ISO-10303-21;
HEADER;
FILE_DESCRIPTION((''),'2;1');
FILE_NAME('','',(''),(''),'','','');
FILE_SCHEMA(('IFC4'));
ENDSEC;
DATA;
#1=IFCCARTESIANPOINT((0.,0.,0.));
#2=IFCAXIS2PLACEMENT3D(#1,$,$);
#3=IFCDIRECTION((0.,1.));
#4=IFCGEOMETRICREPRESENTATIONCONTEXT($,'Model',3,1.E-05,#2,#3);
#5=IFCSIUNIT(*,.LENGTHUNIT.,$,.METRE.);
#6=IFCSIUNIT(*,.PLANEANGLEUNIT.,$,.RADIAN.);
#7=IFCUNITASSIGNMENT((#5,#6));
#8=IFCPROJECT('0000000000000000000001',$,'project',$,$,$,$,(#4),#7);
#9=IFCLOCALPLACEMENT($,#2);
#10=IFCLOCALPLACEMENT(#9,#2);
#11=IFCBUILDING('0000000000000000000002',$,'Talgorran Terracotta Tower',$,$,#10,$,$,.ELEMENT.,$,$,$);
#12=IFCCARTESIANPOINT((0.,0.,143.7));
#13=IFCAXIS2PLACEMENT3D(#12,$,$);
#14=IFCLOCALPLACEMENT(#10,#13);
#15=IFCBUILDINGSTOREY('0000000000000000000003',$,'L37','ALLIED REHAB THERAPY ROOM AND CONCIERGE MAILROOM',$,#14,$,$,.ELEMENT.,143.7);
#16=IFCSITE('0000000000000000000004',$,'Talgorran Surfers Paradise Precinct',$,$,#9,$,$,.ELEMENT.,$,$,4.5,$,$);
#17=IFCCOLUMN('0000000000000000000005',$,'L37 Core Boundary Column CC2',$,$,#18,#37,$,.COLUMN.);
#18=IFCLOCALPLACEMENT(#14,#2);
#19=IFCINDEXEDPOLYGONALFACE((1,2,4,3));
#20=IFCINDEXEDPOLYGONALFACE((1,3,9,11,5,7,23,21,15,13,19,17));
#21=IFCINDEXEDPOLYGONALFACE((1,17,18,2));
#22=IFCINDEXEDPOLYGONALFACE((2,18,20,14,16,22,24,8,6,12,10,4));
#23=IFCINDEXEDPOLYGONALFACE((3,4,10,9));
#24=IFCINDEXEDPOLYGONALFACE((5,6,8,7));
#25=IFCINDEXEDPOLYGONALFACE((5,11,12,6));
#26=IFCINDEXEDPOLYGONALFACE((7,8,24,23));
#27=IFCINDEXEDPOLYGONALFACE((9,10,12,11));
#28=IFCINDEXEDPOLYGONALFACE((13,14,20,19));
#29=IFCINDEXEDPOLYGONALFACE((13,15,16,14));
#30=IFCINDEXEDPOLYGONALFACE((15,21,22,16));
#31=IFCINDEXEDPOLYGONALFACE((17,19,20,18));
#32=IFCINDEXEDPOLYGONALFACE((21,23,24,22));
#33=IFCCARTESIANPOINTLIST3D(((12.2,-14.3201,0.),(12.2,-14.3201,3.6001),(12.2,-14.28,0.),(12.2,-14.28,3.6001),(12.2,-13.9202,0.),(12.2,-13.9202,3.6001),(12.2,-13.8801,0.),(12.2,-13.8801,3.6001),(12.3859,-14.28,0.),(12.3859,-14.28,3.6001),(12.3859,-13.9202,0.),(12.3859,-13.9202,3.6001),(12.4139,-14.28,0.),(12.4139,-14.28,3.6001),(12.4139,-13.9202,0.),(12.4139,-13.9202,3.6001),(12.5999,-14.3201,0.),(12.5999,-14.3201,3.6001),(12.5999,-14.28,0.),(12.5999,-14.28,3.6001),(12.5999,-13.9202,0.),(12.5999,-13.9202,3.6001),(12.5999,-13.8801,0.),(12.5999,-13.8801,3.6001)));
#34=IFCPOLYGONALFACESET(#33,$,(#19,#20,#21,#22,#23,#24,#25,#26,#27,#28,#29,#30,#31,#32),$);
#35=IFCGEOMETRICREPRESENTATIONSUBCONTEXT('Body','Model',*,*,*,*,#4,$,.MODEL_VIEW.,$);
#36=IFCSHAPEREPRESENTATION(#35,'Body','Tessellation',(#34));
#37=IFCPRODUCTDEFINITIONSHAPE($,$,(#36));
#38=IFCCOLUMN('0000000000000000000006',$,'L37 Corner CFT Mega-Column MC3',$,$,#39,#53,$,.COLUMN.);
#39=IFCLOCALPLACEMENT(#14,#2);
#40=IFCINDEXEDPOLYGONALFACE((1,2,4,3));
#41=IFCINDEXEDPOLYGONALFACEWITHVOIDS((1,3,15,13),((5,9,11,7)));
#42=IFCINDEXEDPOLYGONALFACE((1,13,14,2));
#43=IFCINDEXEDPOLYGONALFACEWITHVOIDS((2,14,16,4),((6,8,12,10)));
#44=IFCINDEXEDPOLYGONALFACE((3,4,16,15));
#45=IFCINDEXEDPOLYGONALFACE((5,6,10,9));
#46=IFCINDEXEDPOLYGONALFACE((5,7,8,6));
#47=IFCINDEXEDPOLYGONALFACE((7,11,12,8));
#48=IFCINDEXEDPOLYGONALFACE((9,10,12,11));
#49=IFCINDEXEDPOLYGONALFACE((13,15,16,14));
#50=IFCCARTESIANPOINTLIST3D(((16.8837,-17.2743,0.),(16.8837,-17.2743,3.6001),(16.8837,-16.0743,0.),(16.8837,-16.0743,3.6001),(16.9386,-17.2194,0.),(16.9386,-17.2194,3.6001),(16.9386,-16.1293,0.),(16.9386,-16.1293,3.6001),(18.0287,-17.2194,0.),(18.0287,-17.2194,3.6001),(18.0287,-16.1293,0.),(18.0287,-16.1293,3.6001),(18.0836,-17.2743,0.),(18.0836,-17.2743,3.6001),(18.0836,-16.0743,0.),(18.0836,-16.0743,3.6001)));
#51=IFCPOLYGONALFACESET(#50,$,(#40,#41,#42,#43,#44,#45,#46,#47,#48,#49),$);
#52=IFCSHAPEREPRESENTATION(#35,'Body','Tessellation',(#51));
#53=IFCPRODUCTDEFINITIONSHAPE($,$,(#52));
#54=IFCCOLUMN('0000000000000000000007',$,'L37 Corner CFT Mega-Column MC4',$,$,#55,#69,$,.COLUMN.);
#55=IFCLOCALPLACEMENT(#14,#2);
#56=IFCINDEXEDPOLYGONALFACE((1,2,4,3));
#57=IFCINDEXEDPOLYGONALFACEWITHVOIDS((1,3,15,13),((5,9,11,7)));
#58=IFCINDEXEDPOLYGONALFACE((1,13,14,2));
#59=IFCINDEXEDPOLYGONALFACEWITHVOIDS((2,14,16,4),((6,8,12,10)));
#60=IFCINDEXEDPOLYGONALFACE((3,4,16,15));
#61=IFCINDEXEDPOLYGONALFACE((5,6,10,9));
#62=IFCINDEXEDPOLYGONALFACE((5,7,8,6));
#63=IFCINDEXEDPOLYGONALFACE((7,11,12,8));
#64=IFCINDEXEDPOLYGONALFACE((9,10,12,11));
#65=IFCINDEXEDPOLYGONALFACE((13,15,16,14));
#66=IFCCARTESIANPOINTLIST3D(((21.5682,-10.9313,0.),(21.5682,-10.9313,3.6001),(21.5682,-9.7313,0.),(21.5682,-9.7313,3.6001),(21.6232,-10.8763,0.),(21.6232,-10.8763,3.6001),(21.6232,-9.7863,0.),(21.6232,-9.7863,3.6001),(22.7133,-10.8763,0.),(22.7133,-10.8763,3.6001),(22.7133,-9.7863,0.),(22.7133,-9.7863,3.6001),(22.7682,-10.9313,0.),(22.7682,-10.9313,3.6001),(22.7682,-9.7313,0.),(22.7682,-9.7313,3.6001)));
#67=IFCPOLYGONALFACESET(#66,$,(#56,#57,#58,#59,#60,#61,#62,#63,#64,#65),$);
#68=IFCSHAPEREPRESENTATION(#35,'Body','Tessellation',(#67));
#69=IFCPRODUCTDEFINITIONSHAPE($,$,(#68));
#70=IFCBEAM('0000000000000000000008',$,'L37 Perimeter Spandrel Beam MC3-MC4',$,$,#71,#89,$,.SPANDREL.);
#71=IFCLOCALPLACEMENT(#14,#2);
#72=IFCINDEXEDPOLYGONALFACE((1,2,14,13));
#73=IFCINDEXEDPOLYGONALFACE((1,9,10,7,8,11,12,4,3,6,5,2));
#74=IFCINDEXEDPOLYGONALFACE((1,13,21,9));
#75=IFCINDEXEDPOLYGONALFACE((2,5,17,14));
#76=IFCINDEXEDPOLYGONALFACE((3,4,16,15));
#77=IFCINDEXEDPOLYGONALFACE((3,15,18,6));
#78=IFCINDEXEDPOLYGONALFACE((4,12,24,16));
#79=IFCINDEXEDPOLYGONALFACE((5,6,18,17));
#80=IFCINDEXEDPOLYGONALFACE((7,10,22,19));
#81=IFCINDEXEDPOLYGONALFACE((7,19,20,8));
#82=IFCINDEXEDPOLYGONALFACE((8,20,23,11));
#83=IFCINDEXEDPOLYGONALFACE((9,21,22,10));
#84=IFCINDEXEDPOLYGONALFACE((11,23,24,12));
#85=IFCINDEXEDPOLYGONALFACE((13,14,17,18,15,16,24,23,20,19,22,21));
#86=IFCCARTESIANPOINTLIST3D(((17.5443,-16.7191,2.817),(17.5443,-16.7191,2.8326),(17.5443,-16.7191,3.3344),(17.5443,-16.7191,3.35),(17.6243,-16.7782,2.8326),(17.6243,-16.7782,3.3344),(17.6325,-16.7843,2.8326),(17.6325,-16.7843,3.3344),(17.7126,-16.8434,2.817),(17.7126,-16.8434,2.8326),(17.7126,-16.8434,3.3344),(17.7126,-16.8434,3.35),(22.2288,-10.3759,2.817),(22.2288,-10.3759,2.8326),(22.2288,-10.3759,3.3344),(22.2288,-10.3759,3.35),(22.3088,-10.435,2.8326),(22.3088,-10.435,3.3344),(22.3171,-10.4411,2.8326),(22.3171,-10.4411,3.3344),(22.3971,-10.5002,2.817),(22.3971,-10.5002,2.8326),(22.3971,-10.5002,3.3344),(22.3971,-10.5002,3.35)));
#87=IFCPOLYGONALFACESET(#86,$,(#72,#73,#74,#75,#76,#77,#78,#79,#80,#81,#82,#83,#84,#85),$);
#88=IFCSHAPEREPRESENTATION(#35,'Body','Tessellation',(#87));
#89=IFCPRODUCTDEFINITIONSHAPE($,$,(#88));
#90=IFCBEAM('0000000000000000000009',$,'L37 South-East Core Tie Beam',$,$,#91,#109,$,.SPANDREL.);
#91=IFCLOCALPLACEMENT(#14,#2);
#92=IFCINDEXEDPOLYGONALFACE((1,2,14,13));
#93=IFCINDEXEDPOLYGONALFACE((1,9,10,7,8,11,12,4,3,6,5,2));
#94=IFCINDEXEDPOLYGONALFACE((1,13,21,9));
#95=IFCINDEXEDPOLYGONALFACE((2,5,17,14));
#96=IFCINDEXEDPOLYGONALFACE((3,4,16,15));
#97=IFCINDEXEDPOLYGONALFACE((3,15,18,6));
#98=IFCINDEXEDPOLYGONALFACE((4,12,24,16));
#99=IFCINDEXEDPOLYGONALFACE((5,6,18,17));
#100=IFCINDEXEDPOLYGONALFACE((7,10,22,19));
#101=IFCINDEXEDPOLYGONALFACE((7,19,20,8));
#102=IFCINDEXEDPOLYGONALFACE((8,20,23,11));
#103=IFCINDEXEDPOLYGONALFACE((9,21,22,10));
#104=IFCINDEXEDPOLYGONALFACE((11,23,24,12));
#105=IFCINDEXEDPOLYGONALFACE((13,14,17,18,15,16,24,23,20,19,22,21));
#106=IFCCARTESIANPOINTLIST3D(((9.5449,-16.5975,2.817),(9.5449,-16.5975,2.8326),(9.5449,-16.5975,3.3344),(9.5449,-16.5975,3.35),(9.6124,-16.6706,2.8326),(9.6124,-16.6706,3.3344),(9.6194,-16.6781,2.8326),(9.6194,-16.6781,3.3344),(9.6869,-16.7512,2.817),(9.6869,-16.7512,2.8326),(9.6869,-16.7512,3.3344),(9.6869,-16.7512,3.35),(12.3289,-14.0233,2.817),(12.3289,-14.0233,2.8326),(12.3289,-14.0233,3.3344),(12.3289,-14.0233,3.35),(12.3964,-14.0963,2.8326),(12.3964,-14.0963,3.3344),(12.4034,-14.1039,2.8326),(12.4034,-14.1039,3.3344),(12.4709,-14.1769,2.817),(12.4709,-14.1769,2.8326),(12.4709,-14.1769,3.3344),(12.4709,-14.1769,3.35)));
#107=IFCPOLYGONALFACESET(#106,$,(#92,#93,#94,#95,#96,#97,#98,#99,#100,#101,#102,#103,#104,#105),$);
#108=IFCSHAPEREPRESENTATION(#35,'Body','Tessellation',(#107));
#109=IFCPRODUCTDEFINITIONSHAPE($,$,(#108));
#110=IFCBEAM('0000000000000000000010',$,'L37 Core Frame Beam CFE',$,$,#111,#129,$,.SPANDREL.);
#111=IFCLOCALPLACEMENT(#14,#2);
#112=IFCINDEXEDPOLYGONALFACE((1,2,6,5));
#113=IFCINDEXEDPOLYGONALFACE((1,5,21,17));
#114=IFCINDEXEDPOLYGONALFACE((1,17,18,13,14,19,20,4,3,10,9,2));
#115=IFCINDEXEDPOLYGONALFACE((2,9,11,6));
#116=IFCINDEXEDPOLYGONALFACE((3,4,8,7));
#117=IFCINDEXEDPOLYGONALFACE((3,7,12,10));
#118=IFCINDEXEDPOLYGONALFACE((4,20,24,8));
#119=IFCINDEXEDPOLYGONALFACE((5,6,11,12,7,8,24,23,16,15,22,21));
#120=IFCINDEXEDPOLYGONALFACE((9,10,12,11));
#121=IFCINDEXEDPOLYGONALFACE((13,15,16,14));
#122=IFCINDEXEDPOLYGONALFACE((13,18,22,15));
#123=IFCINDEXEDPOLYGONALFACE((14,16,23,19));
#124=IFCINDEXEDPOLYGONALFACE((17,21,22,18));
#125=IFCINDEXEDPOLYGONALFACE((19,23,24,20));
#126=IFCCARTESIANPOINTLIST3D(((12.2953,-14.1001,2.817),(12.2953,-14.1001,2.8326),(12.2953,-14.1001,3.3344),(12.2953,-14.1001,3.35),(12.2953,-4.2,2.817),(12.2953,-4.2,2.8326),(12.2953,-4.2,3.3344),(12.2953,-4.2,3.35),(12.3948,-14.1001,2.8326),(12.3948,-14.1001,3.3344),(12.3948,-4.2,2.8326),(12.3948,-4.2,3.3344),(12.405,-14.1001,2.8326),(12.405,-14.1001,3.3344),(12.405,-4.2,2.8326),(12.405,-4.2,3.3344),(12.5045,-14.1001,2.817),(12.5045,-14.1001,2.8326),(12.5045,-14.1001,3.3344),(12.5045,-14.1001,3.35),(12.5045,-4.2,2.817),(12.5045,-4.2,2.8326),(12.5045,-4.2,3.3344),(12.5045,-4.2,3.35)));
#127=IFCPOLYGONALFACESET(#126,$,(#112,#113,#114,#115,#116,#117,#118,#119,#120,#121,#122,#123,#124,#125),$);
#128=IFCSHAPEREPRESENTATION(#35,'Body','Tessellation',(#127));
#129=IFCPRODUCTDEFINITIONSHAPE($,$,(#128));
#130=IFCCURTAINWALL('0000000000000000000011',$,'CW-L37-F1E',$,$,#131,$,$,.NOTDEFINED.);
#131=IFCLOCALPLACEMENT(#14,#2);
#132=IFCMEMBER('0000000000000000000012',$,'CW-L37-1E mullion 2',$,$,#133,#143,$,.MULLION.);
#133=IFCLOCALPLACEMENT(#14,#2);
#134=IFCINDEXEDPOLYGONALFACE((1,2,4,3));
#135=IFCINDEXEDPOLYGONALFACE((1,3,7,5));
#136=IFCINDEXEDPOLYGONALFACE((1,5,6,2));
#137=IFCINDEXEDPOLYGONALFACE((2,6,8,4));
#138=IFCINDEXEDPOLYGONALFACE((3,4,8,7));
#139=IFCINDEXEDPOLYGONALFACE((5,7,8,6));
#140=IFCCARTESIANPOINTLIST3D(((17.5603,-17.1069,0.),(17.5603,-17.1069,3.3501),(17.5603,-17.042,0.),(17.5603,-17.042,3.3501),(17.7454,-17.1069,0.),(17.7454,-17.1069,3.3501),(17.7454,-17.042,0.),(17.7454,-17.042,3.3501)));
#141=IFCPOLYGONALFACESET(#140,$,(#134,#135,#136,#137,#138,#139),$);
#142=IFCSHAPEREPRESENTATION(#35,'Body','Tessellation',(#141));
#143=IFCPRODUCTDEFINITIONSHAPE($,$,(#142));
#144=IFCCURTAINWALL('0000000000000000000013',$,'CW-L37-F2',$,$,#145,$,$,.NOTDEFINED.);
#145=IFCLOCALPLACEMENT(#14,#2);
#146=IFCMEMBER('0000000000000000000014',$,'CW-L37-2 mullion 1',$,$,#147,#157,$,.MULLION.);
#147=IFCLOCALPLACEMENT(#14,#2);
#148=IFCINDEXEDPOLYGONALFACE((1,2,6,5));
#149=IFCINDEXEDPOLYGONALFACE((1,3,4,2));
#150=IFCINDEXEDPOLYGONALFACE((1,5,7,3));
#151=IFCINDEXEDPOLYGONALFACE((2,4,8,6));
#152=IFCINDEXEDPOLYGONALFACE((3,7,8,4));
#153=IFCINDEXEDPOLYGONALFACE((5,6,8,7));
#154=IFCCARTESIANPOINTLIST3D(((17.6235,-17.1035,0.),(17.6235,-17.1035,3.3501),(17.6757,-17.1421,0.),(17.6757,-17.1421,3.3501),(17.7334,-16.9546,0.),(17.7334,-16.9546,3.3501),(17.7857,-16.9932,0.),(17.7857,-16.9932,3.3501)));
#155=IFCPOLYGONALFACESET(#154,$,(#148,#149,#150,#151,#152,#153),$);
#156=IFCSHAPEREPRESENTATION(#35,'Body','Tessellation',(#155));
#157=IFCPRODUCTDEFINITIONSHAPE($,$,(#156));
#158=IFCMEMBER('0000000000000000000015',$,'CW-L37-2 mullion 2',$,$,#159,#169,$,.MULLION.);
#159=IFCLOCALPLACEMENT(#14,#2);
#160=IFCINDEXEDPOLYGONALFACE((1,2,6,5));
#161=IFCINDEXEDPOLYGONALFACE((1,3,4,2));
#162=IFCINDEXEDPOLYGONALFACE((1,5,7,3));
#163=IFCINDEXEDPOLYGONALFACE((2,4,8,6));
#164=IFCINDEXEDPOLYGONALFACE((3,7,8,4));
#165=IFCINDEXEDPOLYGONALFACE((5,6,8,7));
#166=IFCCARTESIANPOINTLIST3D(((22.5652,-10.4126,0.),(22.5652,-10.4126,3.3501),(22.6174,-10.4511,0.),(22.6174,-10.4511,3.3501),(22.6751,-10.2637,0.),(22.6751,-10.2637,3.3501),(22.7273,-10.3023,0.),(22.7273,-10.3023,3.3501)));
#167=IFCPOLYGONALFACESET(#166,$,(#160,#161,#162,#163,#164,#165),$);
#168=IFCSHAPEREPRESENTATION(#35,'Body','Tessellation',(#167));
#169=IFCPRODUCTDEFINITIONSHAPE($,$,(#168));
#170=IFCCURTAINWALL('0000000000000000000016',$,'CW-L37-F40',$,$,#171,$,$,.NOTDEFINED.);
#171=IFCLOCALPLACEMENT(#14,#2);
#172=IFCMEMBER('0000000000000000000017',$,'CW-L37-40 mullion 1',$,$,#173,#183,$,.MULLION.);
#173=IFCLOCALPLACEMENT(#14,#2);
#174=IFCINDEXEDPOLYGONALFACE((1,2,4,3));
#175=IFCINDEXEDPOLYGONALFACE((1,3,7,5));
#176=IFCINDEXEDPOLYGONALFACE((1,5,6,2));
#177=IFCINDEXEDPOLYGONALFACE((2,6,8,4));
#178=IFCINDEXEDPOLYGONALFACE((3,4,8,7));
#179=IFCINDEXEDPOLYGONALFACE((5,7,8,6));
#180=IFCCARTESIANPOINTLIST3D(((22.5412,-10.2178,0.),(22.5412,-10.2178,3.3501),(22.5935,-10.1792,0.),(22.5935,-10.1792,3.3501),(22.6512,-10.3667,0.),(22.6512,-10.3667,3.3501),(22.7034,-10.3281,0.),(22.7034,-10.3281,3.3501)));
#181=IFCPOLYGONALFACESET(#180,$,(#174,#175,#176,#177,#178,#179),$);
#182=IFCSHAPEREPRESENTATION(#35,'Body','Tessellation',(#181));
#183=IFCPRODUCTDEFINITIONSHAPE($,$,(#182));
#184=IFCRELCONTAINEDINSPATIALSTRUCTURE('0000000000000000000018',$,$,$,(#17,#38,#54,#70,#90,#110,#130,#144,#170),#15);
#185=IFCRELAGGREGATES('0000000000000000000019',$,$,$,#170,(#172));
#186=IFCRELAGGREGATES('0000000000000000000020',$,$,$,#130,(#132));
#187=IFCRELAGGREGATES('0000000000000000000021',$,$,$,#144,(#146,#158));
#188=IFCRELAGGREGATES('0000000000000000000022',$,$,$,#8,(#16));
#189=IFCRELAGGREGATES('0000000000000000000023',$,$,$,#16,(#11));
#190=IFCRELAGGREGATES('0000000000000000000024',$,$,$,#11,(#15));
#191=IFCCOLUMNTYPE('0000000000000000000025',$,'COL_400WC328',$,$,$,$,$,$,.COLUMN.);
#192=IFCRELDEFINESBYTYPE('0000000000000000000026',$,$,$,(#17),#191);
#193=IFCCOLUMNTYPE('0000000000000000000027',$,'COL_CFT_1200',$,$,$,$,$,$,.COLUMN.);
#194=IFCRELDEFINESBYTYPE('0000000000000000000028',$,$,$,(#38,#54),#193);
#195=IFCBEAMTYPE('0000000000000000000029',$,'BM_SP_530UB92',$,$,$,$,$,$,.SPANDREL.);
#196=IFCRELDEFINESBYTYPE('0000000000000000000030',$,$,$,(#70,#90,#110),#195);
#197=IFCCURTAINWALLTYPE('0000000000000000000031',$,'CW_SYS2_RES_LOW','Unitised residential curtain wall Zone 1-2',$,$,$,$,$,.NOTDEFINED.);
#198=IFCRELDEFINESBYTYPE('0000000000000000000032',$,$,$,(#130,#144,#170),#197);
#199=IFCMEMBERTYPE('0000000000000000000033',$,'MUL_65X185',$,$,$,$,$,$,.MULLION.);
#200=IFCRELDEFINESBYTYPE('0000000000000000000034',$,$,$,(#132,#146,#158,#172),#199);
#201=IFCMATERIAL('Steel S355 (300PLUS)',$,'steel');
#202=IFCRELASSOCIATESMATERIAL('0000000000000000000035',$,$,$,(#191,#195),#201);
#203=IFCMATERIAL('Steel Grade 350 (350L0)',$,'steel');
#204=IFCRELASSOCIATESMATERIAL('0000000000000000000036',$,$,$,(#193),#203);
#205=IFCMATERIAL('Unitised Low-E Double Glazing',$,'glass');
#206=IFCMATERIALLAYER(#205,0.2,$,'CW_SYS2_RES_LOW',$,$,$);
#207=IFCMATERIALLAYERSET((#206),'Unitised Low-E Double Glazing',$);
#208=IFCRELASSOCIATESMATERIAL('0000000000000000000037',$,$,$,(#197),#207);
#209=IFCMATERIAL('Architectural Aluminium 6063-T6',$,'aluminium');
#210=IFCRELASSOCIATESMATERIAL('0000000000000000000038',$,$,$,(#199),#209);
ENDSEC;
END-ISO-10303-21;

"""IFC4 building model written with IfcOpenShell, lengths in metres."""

from ifc_helpers import new_model, si_unit, direction, frame, origin, origin_2d, place, context, subcontext, project, spatial, rectangle, hollow_rectangle, i_section, extrude, material, layer, layer_set, material_profile, profile_set, type_object, element, aggregate, save


model = new_model("IFC4")

# Units and contexts
model_context = context("Model", 3, precision=1e-05, world=origin(), true_north=direction((0.0, 1.0)))
body_context = subcontext(model_context, "Body", "Model", "MODEL_VIEW")
ifc_project = project(units=[si_unit("LENGTHUNIT", "METRE"), si_unit("PLANEANGLEUNIT", "RADIAN")], contexts=[model_context])

# Site, building, storey
site_placement = place(None, origin())
site = spatial("IfcSite", under=ifc_project, at=site_placement, Name="Talgorran Surfers Paradise Precinct", CompositionType="ELEMENT", RefElevation=4.5)
building_placement = place(site_placement, origin())
building = spatial("IfcBuilding", under=site, at=building_placement, Name="Talgorran Terracotta Tower", CompositionType="ELEMENT")
storey_placement = place(building_placement, frame((0.0, 0.0, 143.7)))
storey = spatial("IfcBuildingStorey", under=building, at=storey_placement, Name="L37", Description="ALLIED REHAB THERAPY ROOM AND CONCIERGE MAILROOM", CompositionType="ELEMENT", Elevation=143.7)

# Columns
ifc_material_1 = material(Name="Steel S355 (300PLUS)", Category="steel")
ifc_material_profile_1 = material_profile(ifc_material_1, i_section(OverallWidth=0.3999, OverallDepth=0.4399, WebThickness=0.0281, FlangeThickness=0.04, at=origin_2d()), Name="400WC328")
ifc_profile_set_1 = profile_set([ifc_material_profile_1], Name="Steel S355 (300PLUS)")
column_type_1 = type_object("IfcColumnType", Name="COL_400WC328", PredefinedType="COLUMN", material=ifc_profile_set_1)
column_placement = place(storey_placement, frame((12.3999, -14.1001, 0.0), z_axis=(0.0, 0.0, 1.0), x_axis=(1.0, 0.0, 0.0)))
element("IfcColumn", 1, at=column_placement, inside=storey, type_object=column_type_1, Name="L37 Core Boundary Column CC2", PredefinedType="COLUMN", context=body_context, shape_type="SweptSolid", body=[
    extrude(i_section(OverallWidth=0.3999, OverallDepth=0.4399, WebThickness=0.0281, FlangeThickness=0.04, at=origin_2d()), origin(), (0.0, 0.0, 1.0), 3.6001),
])
ifc_material_2 = material(Name="Steel Grade 350 (350L0)", Category="steel")
ifc_material_profile_2 = material_profile(ifc_material_2, hollow_rectangle(XDim=1.2, YDim=1.2, WallThickness=0.0549, at=origin_2d()), Name="CFT1200X1200X55")
ifc_profile_set_2 = profile_set([ifc_material_profile_2], Name="Steel Grade 350 (350L0)")
column_type_2 = type_object("IfcColumnType", Name="COL_CFT_1200", PredefinedType="COLUMN", material=ifc_profile_set_2)
for number, where, z_axis, x_axis, name in (
    (2, (17.4836, -16.6743, 0.0), (0.0, 0.0, 1.0), (1.0, 0.0, 0.0), "L37 Corner CFT Mega-Column MC3"),
    (3, (22.1682, -10.3313, 0.0), (0.0, 0.0, 1.0), (1.0, 0.0, 0.0), "L37 Corner CFT Mega-Column MC4"),
):
    element("IfcColumn", number, at=place(storey_placement, frame(where, z_axis=z_axis, x_axis=x_axis)), inside=storey, type_object=column_type_2, Name=name, PredefinedType="COLUMN", context=body_context, shape_type="SweptSolid", body=[
        extrude(hollow_rectangle(XDim=1.2, YDim=1.2, WallThickness=0.0549, at=origin_2d()), origin(), (0.0, 0.0, 1.0), 3.6001),
    ])

# Beams
ifc_material_profile_3 = material_profile(ifc_material_1, i_section(OverallWidth=0.2092, OverallDepth=0.533, WebThickness=0.0103, FlangeThickness=0.0156, at=origin_2d()), Name="530UB92.4")
ifc_profile_set_3 = profile_set([ifc_material_profile_3], Name="Steel S355 (300PLUS)")
beam_type = type_object("IfcBeamType", Name="BM_SP_530UB92", PredefinedType="SPANDREL", material=ifc_profile_set_3)
beam_1_placement = place(storey_placement, frame((17.6284, -16.7812, 3.0835), z_axis=(0.594069, 0.804414, 0.0), x_axis=(-0.804414, 0.594069, 0.0)))
element("IfcBeam", 4, at=beam_1_placement, inside=storey, type_object=beam_type, Name="L37 Perimeter Spandrel Beam MC3-MC4", PredefinedType="SPANDREL", context=body_context, shape_type="SweptSolid", body=[
    extrude(i_section(OverallWidth=0.2092, OverallDepth=0.533, WebThickness=0.0103, FlangeThickness=0.0156, at=origin_2d()), origin(), (0.0, 0.0, 1.0), 7.8855),
])
beam_2_placement = place(storey_placement, frame((12.3999, -14.1001, 3.0835), z_axis=(-0.734221, -0.678911, 0.0), x_axis=(0.678911, -0.734221, 0.0)))
element("IfcBeam", 5, at=beam_2_placement, inside=storey, type_object=beam_type, Name="L37 South-East Core Tie Beam", PredefinedType="SPANDREL", context=body_context, shape_type="SweptSolid", body=[
    extrude(i_section(OverallWidth=0.2092, OverallDepth=0.533, WebThickness=0.0103, FlangeThickness=0.0156, at=origin_2d()), origin(), (0.0, 0.0, 1.0), 3.7917),
])
beam_3_placement = place(storey_placement, frame((12.3999, -14.1001, 3.0835), z_axis=(0.0, 1.0, 0.0), x_axis=(-1.0, 0.0, 0.0)))
element("IfcBeam", 6, at=beam_3_placement, inside=storey, type_object=beam_type, Name="L37 Core Frame Beam CFE", PredefinedType="SPANDREL", context=body_context, shape_type="SweptSolid", body=[
    extrude(i_section(OverallWidth=0.2092, OverallDepth=0.533, WebThickness=0.0103, FlangeThickness=0.0156, at=origin_2d()), origin(), (0.0, 0.0, 1.0), 9.9001),
])

# Curtain wall, member
ifc_material_3 = material(Name="Unitised Low-E Double Glazing", Category="glass")
ifc_layer_1 = layer(ifc_material_3, 0.2, Name="CW_SYS2_RES_LOW")
ifc_layer_set_1 = layer_set([ifc_layer_1], Name="Unitised Low-E Double Glazing")
curtain_wall_type = type_object("IfcCurtainWallType", Name="CW_SYS2_RES_LOW", Description="Unitised residential curtain wall Zone 1-2", PredefinedType="NOTDEFINED", material=ifc_layer_set_1)
curtain_wall_1_placement = place(storey_placement, origin())
curtain_wall_1 = element("IfcCurtainWall", 7, at=curtain_wall_1_placement, inside=storey, type_object=curtain_wall_type, Name="CW-L37-F1E", PredefinedType="NOTDEFINED")
ifc_material_4 = material(Name="Architectural Aluminium 6063-T6", Category="aluminium")
ifc_material_profile_4 = material_profile(ifc_material_4, rectangle(XDim=0.0649, YDim=0.1851, at=origin_2d()), Name="CWM65X185")
ifc_profile_set_4 = profile_set([ifc_material_profile_4], Name="Architectural Aluminium 6063-T6")
member_type_1 = type_object("IfcMemberType", Name="MUL_65X185", PredefinedType="MULLION", material=ifc_profile_set_4)
member_1_placement = place(storey_placement, frame((17.6528, -17.0745, 0.0), z_axis=(0.0, 0.0, 1.0), x_axis=(0.0, 1.0, 0.0)))
member_1 = element("IfcMember", 8, at=member_1_placement, type_object=member_type_1, Name="CW-L37-1E mullion 2", PredefinedType="MULLION", context=body_context, shape_type="SweptSolid", body=[
    extrude(rectangle(XDim=0.0649, YDim=0.1851, at=origin_2d()), origin(), (0.0, 0.0, 1.0), 3.3501),
])

# Curtain wall, members
curtain_wall_2_placement = place(storey_placement, origin())
curtain_wall_2 = element("IfcCurtainWall", 9, at=curtain_wall_2_placement, inside=storey, type_object=curtain_wall_type, Name="CW-L37-F2", PredefinedType="NOTDEFINED")
member_2_placement = place(storey_placement, frame((17.7046, -17.0483, 0.0), z_axis=(0.0, 0.0, 1.0), x_axis=(-0.804404, 0.594082, 0.0)))
member_2 = element("IfcMember", 10, at=member_2_placement, type_object=member_type_1, Name="CW-L37-2 mullion 1", PredefinedType="MULLION", context=body_context, shape_type="SweptSolid", body=[
    extrude(rectangle(XDim=0.0649, YDim=0.1851, at=origin_2d()), origin(), (0.0, 0.0, 1.0), 3.3501),
])
member_3_placement = place(storey_placement, frame((22.6462, -10.3574, 0.0), z_axis=(0.0, 0.0, 1.0), x_axis=(-0.804404, 0.594082, 0.0)))
member_3 = element("IfcMember", 11, at=member_3_placement, type_object=member_type_1, Name="CW-L37-2 mullion 2", PredefinedType="MULLION", context=body_context, shape_type="SweptSolid", body=[
    extrude(rectangle(XDim=0.0649, YDim=0.1851, at=origin_2d()), origin(), (0.0, 0.0, 1.0), 3.3501),
])

# Curtain wall, member
curtain_wall_3_placement = place(storey_placement, origin())
curtain_wall_3 = element("IfcCurtainWall", 12, at=curtain_wall_3_placement, inside=storey, type_object=curtain_wall_type, Name="CW-L37-F40", PredefinedType="NOTDEFINED")
member_4_placement = place(storey_placement, frame((22.6223, -10.2729, 0.0), z_axis=(0.0, 0.0, 1.0), x_axis=(-0.804413, -0.594071, 0.0)))
member_4 = element("IfcMember", 13, at=member_4_placement, type_object=member_type_1, Name="CW-L37-40 mullion 1", PredefinedType="MULLION", context=body_context, shape_type="SweptSolid", body=[
    extrude(rectangle(XDim=0.0649, YDim=0.1851, at=origin_2d()), origin(), (0.0, 0.0, 1.0), 3.3501),
])
aggregate(curtain_wall_3, [member_4])

aggregate(curtain_wall_1, [member_1])
aggregate(curtain_wall_2, [member_2, member_3])

save(model, "model.ifc")
